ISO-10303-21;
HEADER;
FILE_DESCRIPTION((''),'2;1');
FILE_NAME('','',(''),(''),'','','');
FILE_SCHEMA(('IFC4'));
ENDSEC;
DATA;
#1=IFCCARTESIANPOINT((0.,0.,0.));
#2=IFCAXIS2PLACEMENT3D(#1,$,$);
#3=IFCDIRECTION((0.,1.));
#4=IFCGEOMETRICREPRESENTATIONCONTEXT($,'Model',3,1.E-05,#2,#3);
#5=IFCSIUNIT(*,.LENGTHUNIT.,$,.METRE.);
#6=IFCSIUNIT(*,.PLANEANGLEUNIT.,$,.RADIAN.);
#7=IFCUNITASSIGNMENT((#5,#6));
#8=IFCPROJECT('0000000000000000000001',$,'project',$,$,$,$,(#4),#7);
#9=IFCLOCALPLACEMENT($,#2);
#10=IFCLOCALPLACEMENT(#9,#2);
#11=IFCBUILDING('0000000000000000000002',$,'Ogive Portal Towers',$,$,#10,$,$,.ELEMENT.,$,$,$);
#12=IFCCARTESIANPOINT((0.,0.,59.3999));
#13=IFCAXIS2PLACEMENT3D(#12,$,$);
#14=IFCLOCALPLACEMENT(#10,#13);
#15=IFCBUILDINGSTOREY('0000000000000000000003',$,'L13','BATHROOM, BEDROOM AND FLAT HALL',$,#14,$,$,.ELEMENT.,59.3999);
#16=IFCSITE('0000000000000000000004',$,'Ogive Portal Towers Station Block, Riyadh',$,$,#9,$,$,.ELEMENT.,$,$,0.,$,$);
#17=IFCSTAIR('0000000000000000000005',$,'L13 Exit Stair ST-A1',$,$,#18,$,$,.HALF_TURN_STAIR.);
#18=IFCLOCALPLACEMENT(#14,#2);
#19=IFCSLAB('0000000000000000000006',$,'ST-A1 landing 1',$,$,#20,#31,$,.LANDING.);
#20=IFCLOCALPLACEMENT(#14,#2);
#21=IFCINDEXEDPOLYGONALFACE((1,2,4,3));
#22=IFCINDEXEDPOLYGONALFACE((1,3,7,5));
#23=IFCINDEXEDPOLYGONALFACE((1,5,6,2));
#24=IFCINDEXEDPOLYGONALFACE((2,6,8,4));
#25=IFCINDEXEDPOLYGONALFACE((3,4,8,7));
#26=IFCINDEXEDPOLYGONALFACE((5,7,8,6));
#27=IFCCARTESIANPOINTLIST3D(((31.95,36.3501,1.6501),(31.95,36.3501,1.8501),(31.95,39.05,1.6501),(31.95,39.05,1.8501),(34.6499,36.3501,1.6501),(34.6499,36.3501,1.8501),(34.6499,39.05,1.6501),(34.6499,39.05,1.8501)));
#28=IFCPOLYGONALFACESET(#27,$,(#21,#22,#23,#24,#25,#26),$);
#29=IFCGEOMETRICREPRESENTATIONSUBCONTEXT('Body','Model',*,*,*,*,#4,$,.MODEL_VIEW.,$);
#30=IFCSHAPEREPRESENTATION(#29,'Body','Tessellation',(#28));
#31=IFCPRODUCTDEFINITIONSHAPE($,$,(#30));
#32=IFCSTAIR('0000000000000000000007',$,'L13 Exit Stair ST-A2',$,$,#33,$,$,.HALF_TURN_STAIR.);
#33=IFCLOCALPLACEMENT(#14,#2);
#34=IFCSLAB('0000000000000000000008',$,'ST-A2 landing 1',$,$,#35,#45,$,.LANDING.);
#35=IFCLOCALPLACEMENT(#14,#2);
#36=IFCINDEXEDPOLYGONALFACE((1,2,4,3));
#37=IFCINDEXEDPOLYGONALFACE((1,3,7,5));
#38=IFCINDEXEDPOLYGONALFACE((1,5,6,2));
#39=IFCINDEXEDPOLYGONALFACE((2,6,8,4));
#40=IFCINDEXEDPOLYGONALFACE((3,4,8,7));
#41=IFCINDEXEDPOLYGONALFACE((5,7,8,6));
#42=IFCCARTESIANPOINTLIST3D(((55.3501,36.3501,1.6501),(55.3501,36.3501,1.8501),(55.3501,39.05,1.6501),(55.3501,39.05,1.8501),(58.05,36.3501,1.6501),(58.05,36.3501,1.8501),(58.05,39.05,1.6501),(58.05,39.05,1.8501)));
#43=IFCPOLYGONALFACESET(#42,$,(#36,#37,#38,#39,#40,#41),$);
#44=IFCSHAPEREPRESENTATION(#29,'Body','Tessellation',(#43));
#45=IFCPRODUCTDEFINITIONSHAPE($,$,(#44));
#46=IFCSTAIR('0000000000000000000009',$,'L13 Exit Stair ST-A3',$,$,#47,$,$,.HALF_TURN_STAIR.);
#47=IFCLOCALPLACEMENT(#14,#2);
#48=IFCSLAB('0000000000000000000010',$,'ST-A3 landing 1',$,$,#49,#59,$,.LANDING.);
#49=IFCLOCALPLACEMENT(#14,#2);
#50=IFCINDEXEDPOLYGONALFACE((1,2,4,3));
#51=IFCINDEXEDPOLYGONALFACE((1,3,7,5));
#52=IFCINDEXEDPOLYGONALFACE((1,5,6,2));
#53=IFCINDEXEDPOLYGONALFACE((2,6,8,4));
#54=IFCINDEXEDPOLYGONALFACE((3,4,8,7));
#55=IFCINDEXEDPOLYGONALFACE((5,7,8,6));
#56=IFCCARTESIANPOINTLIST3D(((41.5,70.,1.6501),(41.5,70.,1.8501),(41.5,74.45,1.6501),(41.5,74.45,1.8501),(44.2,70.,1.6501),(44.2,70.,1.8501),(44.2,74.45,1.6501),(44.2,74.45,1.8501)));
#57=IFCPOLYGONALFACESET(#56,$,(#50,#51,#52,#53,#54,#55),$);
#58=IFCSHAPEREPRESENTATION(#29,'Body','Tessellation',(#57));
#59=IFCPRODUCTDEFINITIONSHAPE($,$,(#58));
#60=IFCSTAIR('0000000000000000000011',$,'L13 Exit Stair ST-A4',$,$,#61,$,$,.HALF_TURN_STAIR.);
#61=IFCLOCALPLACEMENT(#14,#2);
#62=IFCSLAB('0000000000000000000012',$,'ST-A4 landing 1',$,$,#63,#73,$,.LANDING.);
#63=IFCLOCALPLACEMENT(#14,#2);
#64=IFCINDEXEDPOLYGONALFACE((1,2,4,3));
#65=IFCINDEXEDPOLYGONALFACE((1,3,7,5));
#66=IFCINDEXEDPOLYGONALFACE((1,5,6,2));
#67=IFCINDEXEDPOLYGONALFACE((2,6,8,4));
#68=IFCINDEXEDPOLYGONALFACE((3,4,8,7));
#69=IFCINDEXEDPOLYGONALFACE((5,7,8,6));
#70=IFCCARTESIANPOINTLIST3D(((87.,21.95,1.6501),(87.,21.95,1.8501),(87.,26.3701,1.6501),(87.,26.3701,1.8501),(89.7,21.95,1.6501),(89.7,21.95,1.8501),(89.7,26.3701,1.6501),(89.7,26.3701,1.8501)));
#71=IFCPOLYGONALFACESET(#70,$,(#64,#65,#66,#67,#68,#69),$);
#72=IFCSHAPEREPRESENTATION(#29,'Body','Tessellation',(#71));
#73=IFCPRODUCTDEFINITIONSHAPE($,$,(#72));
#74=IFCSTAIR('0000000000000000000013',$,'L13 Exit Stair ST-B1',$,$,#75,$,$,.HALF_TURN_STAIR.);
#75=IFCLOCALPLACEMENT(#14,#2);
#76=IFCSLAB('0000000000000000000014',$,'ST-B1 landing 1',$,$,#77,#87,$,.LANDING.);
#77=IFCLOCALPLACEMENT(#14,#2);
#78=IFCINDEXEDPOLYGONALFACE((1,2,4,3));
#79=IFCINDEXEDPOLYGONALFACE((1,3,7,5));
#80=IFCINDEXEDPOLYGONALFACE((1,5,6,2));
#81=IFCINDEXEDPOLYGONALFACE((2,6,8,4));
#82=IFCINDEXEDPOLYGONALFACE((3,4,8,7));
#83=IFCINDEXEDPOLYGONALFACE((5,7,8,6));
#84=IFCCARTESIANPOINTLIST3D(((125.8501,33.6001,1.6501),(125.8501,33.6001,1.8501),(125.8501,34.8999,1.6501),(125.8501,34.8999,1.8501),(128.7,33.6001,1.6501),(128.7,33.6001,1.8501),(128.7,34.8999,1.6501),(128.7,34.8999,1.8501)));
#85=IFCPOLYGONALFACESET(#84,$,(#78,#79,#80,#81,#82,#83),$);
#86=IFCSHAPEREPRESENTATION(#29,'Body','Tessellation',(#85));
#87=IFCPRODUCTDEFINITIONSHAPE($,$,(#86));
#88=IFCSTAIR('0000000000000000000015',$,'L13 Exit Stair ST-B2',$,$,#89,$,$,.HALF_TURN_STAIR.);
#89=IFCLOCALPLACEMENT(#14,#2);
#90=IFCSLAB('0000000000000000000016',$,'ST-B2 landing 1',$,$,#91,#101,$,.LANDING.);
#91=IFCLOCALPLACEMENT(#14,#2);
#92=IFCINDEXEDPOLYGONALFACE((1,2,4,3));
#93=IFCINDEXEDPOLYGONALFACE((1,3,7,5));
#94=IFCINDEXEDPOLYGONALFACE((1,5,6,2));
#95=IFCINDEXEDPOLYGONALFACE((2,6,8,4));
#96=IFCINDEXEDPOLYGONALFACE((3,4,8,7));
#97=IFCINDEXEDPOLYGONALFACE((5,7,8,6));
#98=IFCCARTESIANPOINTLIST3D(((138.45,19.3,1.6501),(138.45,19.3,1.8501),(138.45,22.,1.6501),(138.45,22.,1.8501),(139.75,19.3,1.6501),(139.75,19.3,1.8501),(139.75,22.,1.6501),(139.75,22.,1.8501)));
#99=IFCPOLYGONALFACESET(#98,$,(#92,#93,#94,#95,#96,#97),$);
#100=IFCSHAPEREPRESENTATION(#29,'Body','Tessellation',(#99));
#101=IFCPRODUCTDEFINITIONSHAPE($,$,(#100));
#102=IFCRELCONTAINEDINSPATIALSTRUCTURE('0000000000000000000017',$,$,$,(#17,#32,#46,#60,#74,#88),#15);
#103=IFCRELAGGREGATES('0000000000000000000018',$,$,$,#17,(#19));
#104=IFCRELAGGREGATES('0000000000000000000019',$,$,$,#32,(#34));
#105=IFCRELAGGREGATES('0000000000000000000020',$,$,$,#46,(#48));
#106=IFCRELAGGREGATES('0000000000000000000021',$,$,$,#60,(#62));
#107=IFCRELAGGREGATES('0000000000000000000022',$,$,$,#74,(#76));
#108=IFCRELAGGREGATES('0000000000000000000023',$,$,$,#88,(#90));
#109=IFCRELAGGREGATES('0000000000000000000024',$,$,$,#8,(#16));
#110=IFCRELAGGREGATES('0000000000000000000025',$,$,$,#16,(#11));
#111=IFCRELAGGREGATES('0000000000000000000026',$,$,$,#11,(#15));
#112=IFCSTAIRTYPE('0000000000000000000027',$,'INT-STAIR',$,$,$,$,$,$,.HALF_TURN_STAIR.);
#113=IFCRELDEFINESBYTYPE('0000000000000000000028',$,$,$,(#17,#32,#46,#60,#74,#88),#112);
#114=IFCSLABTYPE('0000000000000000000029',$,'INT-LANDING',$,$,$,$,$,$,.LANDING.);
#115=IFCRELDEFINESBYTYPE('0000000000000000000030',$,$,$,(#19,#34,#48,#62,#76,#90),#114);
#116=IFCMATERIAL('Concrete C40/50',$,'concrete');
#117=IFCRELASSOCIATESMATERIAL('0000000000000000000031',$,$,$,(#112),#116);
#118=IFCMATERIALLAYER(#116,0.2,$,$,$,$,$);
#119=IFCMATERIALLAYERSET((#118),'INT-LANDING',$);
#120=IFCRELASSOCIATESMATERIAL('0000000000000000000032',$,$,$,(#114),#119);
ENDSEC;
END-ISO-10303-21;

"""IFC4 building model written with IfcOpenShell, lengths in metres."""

from ifc_helpers import new_model, si_unit, direction, frame, origin, place, context, subcontext, project, spatial, polyline, outline, extrude, material, layer, layer_set, type_object, element, aggregate, save


model = new_model("IFC4")

# Units and contexts
model_context = context("Model", 3, precision=1e-05, world=origin(), true_north=direction((0.0, 1.0)))
body_context = subcontext(model_context, "Body", "Model", "MODEL_VIEW")
ifc_project = project(units=[si_unit("LENGTHUNIT", "METRE"), si_unit("PLANEANGLEUNIT", "RADIAN")], contexts=[model_context])

# Site, building, storey
site_placement = place(None, origin())
site = spatial("IfcSite", under=ifc_project, at=site_placement, Name="Ogive Portal Towers Station Block, Riyadh", CompositionType="ELEMENT", RefElevation=0.0)
building_placement = place(site_placement, origin())
building = spatial("IfcBuilding", under=site, at=building_placement, Name="Ogive Portal Towers", CompositionType="ELEMENT")
storey_placement = place(building_placement, frame((0.0, 0.0, 59.3999)))
storey = spatial("IfcBuildingStorey", under=building, at=storey_placement, Name="L13", Description="BATHROOM, BEDROOM AND FLAT HALL", CompositionType="ELEMENT", Elevation=59.3999)

# Stairs, slabs
ifc_material_1 = material(Name="Concrete C40/50", Category="concrete")
stair_type = type_object("IfcStairType", Name="INT-STAIR", PredefinedType="HALF_TURN_STAIR", material=ifc_material_1)
stair_1_placement = place(storey_placement, origin())
stair_1 = element("IfcStair", 1, at=stair_1_placement, inside=storey, type_object=stair_type, Name="L13 Exit Stair ST-A1", PredefinedType="HALF_TURN_STAIR")
ifc_layer_1 = layer(ifc_material_1, 0.2)
ifc_layer_set_1 = layer_set([ifc_layer_1], Name="INT-LANDING")
slab_type_1 = type_object("IfcSlabType", Name="INT-LANDING", PredefinedType="LANDING", material=ifc_layer_set_1)
slab_1_placement = place(storey_placement, frame((0.0, 0.0, 1.6501)))
slab_1 = element("IfcSlab", 2, at=slab_1_placement, type_object=slab_type_1, Name="ST-A1 landing 1", PredefinedType="LANDING", context=body_context, shape_type="SweptSolid", body=[
    extrude(outline(polyline([(34.6499, 39.05), (31.95, 39.05), (31.95, 36.3501), (34.6499, 36.3501), (34.6499, 39.05)])), origin(), (0.0, 0.0, 1.0), 0.2),
])
aggregate(stair_1, [slab_1])
stair_2_placement = place(storey_placement, origin())
stair_2 = element("IfcStair", 3, at=stair_2_placement, inside=storey, type_object=stair_type, Name="L13 Exit Stair ST-A2", PredefinedType="HALF_TURN_STAIR")
slab_2_placement = place(storey_placement, frame((0.0, 0.0, 1.6501)))
slab_2 = element("IfcSlab", 4, at=slab_2_placement, type_object=slab_type_1, Name="ST-A2 landing 1", PredefinedType="LANDING", context=body_context, shape_type="SweptSolid", body=[
    extrude(outline(polyline([(55.3501, 36.3501), (58.05, 36.3501), (58.05, 39.05), (55.3501, 39.05), (55.3501, 36.3501)])), origin(), (0.0, 0.0, 1.0), 0.2),
])
aggregate(stair_2, [slab_2])
stair_3_placement = place(storey_placement, origin())
stair_3 = element("IfcStair", 5, at=stair_3_placement, inside=storey, type_object=stair_type, Name="L13 Exit Stair ST-A3", PredefinedType="HALF_TURN_STAIR")
slab_3_placement = place(storey_placement, frame((0.0, 0.0, 1.6501)))
slab_3 = element("IfcSlab", 6, at=slab_3_placement, type_object=slab_type_1, Name="ST-A3 landing 1", PredefinedType="LANDING", context=body_context, shape_type="SweptSolid", body=[
    extrude(outline(polyline([(44.2, 70.0), (44.2, 74.45), (41.5, 74.45), (41.5, 70.0), (44.2, 70.0)])), origin(), (0.0, 0.0, 1.0), 0.2),
])
aggregate(stair_3, [slab_3])
stair_4_placement = place(storey_placement, origin())
stair_4 = element("IfcStair", 7, at=stair_4_placement, inside=storey, type_object=stair_type, Name="L13 Exit Stair ST-A4", PredefinedType="HALF_TURN_STAIR")
slab_4_placement = place(storey_placement, frame((0.0, 0.0, 1.6501)))
slab_4 = element("IfcSlab", 8, at=slab_4_placement, type_object=slab_type_1, Name="ST-A4 landing 1", PredefinedType="LANDING", context=body_context, shape_type="SweptSolid", body=[
    extrude(outline(polyline([(87.0, 26.3701), (87.0, 21.95), (89.7, 21.95), (89.7, 26.3701), (87.0, 26.3701)])), origin(), (0.0, 0.0, 1.0), 0.2),
])
aggregate(stair_4, [slab_4])
stair_5_placement = place(storey_placement, origin())
stair_5 = element("IfcStair", 9, at=stair_5_placement, inside=storey, type_object=stair_type, Name="L13 Exit Stair ST-B1", PredefinedType="HALF_TURN_STAIR")
slab_5_placement = place(storey_placement, frame((0.0, 0.0, 1.6501)))
slab_5 = element("IfcSlab", 10, at=slab_5_placement, type_object=slab_type_1, Name="ST-B1 landing 1", PredefinedType="LANDING", context=body_context, shape_type="SweptSolid", body=[
    extrude(outline(polyline([(128.7, 33.6001), (128.7, 34.8999), (125.8501, 34.8999), (125.8501, 33.6001), (128.7, 33.6001)])), origin(), (0.0, 0.0, 1.0), 0.2),
])
aggregate(stair_5, [slab_5])
stair_6_placement = place(storey_placement, origin())
stair_6 = element("IfcStair", 11, at=stair_6_placement, inside=storey, type_object=stair_type, Name="L13 Exit Stair ST-B2", PredefinedType="HALF_TURN_STAIR")
slab_6_placement = place(storey_placement, frame((0.0, 0.0, 1.6501)))
slab_6 = element("IfcSlab", 12, at=slab_6_placement, type_object=slab_type_1, Name="ST-B2 landing 1", PredefinedType="LANDING", context=body_context, shape_type="SweptSolid", body=[
    extrude(outline(polyline([(139.75, 22.0), (138.45, 22.0), (138.45, 19.3), (139.75, 19.3), (139.75, 22.0)])), origin(), (0.0, 0.0, 1.0), 0.2),
])
aggregate(stair_6, [slab_6])

save(model, "model.ifc")
